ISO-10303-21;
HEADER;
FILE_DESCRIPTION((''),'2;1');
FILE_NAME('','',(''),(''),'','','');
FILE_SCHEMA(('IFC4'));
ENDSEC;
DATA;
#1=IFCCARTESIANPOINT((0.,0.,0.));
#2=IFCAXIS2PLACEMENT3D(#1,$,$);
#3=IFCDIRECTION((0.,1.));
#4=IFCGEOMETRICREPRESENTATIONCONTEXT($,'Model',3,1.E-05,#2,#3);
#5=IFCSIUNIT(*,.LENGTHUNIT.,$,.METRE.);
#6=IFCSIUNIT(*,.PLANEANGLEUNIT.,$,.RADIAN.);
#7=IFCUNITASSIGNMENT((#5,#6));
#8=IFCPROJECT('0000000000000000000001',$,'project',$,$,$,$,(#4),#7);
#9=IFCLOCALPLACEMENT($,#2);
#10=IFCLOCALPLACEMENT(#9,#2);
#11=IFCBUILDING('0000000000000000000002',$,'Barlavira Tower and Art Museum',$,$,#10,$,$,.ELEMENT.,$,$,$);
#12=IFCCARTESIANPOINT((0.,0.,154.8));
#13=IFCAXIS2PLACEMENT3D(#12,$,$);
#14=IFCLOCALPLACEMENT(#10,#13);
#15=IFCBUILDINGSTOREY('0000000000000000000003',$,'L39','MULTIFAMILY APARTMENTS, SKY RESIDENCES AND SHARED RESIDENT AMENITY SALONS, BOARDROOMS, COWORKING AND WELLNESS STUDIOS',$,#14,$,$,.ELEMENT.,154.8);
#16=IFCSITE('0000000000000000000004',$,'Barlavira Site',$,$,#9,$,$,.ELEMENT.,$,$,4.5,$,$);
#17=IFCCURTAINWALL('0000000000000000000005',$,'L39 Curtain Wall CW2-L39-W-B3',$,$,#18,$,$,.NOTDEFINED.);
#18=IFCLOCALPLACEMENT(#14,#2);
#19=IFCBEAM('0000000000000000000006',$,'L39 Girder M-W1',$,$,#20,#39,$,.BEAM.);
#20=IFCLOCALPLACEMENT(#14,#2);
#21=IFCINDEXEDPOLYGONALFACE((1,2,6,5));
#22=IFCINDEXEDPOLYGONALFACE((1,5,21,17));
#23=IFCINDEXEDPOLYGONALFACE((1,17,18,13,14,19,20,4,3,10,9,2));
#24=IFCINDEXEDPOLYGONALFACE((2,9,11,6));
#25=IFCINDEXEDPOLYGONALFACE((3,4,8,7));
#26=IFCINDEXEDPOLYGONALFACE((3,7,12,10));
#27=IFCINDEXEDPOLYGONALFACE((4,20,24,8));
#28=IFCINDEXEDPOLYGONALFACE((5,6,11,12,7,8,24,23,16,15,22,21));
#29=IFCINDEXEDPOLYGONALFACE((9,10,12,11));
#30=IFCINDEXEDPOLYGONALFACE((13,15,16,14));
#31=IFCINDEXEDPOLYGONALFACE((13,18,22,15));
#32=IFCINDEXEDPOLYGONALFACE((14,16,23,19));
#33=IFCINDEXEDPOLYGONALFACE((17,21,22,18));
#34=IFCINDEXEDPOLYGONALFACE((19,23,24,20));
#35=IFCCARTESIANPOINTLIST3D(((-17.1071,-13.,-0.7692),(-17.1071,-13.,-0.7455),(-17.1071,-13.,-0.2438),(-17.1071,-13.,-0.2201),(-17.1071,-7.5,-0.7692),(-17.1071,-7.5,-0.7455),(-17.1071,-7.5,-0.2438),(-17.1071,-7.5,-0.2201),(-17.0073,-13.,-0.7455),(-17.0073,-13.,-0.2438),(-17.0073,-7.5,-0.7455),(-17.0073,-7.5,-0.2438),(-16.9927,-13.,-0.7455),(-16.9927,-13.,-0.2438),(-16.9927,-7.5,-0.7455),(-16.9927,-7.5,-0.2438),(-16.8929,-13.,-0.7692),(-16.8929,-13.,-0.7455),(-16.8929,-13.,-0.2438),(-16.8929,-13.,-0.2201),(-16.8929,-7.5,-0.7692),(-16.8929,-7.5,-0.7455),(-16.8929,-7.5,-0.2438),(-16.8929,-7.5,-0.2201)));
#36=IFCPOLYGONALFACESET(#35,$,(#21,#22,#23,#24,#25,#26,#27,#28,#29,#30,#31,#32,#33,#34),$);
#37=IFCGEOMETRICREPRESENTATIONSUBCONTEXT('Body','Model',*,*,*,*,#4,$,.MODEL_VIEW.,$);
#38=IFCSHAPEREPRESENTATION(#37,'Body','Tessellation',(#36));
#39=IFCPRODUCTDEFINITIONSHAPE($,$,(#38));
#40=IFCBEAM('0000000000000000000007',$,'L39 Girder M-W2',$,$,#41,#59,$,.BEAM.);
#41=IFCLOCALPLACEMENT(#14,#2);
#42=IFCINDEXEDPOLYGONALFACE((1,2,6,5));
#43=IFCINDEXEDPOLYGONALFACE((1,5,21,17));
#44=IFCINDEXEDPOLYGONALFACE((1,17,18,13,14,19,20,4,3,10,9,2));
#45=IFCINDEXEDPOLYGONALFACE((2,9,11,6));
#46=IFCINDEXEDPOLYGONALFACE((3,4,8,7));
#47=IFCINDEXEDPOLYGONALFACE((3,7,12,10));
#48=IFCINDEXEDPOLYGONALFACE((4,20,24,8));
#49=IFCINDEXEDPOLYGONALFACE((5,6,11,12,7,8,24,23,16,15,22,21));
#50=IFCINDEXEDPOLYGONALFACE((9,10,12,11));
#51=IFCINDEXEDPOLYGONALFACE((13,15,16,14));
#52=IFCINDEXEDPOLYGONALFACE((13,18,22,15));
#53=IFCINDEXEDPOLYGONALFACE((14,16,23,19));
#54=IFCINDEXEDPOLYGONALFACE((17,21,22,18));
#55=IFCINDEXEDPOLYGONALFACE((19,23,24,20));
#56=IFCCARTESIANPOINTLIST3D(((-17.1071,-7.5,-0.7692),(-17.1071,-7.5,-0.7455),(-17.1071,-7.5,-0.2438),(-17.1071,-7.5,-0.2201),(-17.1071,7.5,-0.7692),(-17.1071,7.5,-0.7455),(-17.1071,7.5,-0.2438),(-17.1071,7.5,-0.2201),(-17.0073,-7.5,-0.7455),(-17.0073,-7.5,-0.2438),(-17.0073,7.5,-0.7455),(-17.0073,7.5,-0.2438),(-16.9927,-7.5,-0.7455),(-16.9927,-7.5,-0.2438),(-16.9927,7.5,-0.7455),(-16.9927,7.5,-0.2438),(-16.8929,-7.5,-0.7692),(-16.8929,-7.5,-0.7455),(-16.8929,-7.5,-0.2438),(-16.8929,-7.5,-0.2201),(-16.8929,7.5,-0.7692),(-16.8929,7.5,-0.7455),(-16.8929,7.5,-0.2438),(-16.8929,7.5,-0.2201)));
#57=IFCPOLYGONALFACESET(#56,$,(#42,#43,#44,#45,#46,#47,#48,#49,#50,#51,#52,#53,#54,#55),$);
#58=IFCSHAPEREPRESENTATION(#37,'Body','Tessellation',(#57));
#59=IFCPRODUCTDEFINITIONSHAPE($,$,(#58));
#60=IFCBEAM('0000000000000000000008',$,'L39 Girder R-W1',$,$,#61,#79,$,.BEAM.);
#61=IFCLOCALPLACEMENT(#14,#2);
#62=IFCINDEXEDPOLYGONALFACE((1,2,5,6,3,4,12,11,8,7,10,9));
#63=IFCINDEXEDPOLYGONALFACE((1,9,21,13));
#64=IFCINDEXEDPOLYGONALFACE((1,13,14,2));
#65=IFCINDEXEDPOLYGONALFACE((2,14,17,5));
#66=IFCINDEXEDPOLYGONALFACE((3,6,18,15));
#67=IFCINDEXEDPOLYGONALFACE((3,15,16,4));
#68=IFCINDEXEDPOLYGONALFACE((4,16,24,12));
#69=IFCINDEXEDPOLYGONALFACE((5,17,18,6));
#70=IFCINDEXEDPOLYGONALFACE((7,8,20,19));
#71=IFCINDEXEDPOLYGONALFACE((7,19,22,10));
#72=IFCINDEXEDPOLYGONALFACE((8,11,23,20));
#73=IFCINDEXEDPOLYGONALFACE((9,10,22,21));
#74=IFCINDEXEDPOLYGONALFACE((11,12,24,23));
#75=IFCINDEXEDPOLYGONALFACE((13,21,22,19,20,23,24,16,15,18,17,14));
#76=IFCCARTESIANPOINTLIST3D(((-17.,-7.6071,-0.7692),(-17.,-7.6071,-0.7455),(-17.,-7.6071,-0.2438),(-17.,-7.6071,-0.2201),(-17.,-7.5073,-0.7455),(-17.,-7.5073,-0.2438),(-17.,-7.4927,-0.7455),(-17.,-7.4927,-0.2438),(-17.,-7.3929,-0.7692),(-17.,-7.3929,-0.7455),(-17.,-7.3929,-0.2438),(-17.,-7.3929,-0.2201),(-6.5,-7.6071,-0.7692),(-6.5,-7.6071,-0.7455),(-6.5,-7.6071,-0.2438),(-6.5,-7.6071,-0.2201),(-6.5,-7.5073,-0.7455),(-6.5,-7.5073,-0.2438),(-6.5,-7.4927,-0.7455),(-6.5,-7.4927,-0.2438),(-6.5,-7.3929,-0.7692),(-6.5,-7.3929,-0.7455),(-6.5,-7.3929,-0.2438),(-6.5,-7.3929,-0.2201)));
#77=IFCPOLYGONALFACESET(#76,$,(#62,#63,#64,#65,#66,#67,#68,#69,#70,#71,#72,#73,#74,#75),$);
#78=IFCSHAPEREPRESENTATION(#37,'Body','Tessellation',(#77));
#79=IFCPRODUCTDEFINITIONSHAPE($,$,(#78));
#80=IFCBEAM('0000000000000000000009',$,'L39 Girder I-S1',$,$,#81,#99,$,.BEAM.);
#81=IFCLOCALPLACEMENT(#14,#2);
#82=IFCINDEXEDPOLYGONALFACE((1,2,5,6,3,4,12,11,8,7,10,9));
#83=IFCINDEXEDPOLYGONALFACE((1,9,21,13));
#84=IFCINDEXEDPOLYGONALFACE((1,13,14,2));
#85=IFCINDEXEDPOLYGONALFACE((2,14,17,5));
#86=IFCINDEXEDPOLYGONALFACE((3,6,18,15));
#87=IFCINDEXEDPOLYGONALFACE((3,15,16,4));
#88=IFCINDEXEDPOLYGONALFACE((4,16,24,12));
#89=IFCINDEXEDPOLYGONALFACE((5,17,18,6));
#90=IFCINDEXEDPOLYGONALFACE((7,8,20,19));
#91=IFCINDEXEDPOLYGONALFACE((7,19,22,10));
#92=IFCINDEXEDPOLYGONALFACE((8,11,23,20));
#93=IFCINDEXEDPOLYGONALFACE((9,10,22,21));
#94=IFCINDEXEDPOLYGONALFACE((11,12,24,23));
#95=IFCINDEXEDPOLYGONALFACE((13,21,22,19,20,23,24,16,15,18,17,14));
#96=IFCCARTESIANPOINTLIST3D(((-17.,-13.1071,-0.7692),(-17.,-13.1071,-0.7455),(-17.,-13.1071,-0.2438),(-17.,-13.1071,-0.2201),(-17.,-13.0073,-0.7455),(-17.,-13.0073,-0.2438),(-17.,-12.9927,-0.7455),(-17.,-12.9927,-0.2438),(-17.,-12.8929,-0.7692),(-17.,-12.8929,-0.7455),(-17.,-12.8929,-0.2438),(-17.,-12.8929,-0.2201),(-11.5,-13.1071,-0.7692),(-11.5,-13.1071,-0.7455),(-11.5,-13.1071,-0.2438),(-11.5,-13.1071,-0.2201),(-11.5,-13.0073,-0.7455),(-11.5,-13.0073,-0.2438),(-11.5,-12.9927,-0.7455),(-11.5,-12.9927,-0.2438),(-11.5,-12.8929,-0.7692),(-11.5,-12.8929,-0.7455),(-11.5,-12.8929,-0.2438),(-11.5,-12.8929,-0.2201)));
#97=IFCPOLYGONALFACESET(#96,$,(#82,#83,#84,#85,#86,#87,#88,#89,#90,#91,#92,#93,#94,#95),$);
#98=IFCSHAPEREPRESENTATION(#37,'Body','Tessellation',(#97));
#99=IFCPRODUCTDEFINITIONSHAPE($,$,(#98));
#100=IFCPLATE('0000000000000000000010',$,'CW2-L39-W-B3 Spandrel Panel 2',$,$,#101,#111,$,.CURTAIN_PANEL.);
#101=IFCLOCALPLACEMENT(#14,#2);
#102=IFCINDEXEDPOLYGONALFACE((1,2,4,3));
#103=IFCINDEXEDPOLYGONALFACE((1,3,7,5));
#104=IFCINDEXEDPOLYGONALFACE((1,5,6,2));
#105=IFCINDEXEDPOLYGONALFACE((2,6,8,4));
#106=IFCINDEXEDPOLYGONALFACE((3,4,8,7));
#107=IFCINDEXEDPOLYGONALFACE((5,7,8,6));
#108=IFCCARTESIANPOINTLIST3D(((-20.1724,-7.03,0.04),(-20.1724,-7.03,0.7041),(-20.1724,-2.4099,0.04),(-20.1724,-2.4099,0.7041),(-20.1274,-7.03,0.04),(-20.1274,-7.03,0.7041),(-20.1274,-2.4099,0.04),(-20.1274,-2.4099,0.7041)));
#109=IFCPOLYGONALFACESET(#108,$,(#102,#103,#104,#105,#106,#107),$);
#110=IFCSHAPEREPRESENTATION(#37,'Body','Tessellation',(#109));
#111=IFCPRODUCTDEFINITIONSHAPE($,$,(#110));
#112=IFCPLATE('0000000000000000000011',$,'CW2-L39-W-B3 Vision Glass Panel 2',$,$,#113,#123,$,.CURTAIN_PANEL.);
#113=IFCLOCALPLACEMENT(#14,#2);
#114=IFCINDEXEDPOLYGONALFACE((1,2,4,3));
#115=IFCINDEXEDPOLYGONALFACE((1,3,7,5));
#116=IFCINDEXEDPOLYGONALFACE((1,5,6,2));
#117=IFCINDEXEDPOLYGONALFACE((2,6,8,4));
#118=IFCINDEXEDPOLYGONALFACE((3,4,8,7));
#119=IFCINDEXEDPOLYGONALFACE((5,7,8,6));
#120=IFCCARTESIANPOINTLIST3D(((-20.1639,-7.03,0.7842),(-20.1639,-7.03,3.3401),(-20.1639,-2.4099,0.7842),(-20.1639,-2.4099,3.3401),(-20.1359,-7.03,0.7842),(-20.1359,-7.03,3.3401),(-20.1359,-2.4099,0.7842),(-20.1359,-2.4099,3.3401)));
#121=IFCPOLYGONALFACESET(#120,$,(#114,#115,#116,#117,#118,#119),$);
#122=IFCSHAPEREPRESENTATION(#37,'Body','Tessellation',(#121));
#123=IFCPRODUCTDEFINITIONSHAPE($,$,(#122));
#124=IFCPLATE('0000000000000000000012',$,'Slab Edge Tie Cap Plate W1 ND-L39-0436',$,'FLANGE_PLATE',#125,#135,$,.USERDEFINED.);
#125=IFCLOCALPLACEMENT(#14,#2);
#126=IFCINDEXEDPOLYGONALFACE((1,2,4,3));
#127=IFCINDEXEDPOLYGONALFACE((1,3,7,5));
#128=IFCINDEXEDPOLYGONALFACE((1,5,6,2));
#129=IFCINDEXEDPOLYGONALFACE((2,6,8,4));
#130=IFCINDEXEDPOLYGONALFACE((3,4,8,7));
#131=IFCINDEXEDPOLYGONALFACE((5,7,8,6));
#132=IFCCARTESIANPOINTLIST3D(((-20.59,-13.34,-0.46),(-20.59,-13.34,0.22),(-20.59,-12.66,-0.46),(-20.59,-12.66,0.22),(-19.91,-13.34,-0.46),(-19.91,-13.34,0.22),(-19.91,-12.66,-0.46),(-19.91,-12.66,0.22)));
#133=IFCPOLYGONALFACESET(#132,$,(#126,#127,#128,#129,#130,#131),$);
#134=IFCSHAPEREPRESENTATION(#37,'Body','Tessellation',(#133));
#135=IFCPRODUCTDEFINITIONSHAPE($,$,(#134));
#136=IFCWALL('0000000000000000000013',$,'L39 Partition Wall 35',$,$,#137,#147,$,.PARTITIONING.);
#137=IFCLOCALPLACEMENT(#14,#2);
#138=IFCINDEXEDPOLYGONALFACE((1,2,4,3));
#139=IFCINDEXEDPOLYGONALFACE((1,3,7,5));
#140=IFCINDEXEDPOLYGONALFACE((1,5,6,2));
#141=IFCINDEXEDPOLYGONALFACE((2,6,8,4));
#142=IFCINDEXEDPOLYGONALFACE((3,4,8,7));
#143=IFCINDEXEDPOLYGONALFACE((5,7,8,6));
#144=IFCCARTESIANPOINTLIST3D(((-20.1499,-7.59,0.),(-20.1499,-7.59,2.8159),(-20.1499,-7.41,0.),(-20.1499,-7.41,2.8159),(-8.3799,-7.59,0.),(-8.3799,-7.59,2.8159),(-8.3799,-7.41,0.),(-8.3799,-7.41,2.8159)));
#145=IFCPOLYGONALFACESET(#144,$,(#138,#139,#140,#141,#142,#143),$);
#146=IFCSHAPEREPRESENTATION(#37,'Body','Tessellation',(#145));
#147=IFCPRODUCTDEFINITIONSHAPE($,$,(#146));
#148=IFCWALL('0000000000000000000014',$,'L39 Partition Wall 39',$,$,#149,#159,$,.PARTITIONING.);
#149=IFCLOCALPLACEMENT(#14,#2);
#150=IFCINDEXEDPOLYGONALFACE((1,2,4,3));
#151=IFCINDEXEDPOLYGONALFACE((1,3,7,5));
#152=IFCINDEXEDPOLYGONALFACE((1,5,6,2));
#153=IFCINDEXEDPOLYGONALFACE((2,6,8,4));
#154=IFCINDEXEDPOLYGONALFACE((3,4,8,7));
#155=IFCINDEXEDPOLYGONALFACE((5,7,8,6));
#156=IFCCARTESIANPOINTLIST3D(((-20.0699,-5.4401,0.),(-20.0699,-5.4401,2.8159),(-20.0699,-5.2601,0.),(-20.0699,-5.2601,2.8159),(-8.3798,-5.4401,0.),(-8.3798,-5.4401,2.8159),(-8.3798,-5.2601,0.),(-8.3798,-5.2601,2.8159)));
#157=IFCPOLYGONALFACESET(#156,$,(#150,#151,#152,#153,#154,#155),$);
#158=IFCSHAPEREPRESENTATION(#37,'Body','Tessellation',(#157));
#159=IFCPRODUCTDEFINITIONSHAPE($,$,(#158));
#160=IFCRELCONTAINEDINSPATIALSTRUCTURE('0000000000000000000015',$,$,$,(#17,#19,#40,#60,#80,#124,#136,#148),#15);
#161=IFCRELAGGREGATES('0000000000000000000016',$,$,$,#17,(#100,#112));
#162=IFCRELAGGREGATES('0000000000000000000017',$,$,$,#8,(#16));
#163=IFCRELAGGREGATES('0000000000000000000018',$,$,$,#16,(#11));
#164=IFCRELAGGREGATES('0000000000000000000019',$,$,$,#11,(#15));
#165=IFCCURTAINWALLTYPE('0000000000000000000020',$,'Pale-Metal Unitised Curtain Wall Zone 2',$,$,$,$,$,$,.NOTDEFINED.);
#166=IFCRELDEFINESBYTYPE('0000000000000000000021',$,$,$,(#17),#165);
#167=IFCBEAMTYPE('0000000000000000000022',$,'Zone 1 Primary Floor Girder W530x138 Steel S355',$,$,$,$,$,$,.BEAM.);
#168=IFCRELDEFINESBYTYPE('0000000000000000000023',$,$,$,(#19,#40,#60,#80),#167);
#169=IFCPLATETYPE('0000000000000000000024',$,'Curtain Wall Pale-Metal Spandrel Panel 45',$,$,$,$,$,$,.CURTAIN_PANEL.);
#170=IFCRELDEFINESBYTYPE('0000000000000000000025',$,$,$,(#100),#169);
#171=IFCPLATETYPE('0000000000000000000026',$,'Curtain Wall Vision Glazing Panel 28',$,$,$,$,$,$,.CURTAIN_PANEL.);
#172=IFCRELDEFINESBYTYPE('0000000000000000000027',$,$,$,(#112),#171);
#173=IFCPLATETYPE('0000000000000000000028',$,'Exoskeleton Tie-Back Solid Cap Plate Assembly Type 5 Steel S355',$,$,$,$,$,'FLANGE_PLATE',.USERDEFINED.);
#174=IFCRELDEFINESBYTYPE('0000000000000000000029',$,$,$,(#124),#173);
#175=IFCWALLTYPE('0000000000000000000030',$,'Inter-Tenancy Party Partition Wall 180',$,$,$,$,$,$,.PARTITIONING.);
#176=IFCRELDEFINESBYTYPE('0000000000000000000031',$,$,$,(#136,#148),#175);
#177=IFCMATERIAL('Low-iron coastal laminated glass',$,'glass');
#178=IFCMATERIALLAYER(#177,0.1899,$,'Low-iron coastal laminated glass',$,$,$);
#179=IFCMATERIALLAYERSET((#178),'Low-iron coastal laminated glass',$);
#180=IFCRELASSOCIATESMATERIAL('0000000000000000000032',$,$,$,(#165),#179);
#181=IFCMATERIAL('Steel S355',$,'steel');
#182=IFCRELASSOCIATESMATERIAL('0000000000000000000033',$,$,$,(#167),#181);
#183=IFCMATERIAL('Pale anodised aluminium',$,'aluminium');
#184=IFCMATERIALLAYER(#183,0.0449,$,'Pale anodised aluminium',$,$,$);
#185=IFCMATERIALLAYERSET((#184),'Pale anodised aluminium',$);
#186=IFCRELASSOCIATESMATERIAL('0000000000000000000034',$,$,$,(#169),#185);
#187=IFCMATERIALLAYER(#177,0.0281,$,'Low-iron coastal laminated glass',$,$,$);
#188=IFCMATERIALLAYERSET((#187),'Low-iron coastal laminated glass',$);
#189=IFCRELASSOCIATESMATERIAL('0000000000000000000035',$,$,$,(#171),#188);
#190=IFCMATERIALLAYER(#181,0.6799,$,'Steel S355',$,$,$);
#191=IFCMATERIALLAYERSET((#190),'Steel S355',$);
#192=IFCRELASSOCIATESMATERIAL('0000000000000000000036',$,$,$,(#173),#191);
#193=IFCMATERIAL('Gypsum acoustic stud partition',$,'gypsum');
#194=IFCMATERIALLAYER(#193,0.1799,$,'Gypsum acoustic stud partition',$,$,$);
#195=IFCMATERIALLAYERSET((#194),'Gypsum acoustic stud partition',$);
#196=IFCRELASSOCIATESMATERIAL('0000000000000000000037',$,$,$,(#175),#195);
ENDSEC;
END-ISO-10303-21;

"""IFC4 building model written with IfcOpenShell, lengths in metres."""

from ifc_helpers import new_model, si_unit, direction, frame, frame_2d, origin, origin_2d, place, context, subcontext, project, spatial, rectangle, i_section, extrude, material, layer, layer_set, material_profile, profile_set, type_object, element, aggregate, save


model = new_model("IFC4")

# Units and contexts
model_context = context("Model", 3, precision=1e-05, world=origin(), true_north=direction((0.0, 1.0)))
body_context = subcontext(model_context, "Body", "Model", "MODEL_VIEW")
ifc_project = project(units=[si_unit("LENGTHUNIT", "METRE"), si_unit("PLANEANGLEUNIT", "RADIAN")], contexts=[model_context])

# Site, building, storey
site_placement = place(None, origin())
site = spatial("IfcSite", under=ifc_project, at=site_placement, Name="Barlavira Site", CompositionType="ELEMENT", RefElevation=4.5)
building_placement = place(site_placement, origin())
building = spatial("IfcBuilding", under=site, at=building_placement, Name="Barlavira Tower and Art Museum", CompositionType="ELEMENT")
storey_placement = place(building_placement, frame((0.0, 0.0, 154.8)))
storey = spatial("IfcBuildingStorey", under=building, at=storey_placement, Name="L39", Description="MULTIFAMILY APARTMENTS, SKY RESIDENCES AND SHARED RESIDENT AMENITY SALONS, BOARDROOMS, COWORKING AND WELLNESS STUDIOS", CompositionType="ELEMENT", Elevation=154.8)

# Curtain wall
ifc_material_1 = material(Name="Low-iron coastal laminated glass", Category="glass")
ifc_layer_1 = layer(ifc_material_1, 0.1899, Name="Low-iron coastal laminated glass")
ifc_layer_set_1 = layer_set([ifc_layer_1], Name="Low-iron coastal laminated glass")
curtain_wall_type = type_object("IfcCurtainWallType", Name="Pale-Metal Unitised Curtain Wall Zone 2", PredefinedType="NOTDEFINED", material=ifc_layer_set_1)
curtain_wall_placement = place(storey_placement, origin())
curtain_wall = element("IfcCurtainWall", 1, at=curtain_wall_placement, inside=storey, type_object=curtain_wall_type, Name="L39 Curtain Wall CW2-L39-W-B3", PredefinedType="NOTDEFINED")
ifc_material_2 = material(Name="Pale anodised aluminium", Category="aluminium")

# Beams
ifc_material_3 = material(Name="Steel S355", Category="steel")
ifc_material_profile_1 = material_profile(ifc_material_3, i_section(OverallWidth=0.2141, OverallDepth=0.5491, WebThickness=0.0146, FlangeThickness=0.0237, at=origin_2d()), Name="W530x138.0")
ifc_profile_set_1 = profile_set([ifc_material_profile_1], Name="Steel S355")
beam_type_1 = type_object("IfcBeamType", Name="Zone 1 Primary Floor Girder W530x138 Steel S355", PredefinedType="BEAM", material=ifc_profile_set_1)
beam_1_placement = place(storey_placement, frame((-17.0, -13.0, -0.4946), z_axis=(0.0, 1.0, 0.0), x_axis=(-1.0, 0.0, 0.0)))
element("IfcBeam", 2, at=beam_1_placement, inside=storey, type_object=beam_type_1, Name="L39 Girder M-W1", PredefinedType="BEAM", context=body_context, shape_type="SweptSolid", body=[
    extrude(i_section(OverallWidth=0.2141, OverallDepth=0.5491, WebThickness=0.0146, FlangeThickness=0.0237, at=origin_2d()), origin(), (0.0, 0.0, 1.0), 5.5),
])
beam_2_placement = place(storey_placement, frame((-17.0, -7.5, -0.4946), z_axis=(0.0, 1.0, 0.0), x_axis=(-1.0, 0.0, 0.0)))
element("IfcBeam", 3, at=beam_2_placement, inside=storey, type_object=beam_type_1, Name="L39 Girder M-W2", PredefinedType="BEAM", context=body_context, shape_type="SweptSolid", body=[
    extrude(i_section(OverallWidth=0.2141, OverallDepth=0.5491, WebThickness=0.0146, FlangeThickness=0.0237, at=origin_2d()), origin(), (0.0, 0.0, 1.0), 15.0),
])
beam_3_placement = place(storey_placement, frame((-17.0, -7.5, -0.4946), z_axis=(1.0, 0.0, 0.0), x_axis=(0.0, 1.0, 0.0)))
element("IfcBeam", 4, at=beam_3_placement, inside=storey, type_object=beam_type_1, Name="L39 Girder R-W1", PredefinedType="BEAM", context=body_context, shape_type="SweptSolid", body=[
    extrude(i_section(OverallWidth=0.2141, OverallDepth=0.5491, WebThickness=0.0146, FlangeThickness=0.0237, at=origin_2d()), origin(), (0.0, 0.0, 1.0), 10.5),
])
beam_4_placement = place(storey_placement, frame((-17.0, -13.0, -0.4946), z_axis=(1.0, 0.0, 0.0), x_axis=(0.0, 1.0, 0.0)))
element("IfcBeam", 5, at=beam_4_placement, inside=storey, type_object=beam_type_1, Name="L39 Girder I-S1", PredefinedType="BEAM", context=body_context, shape_type="SweptSolid", body=[
    extrude(i_section(OverallWidth=0.2141, OverallDepth=0.5491, WebThickness=0.0146, FlangeThickness=0.0237, at=origin_2d()), origin(), (0.0, 0.0, 1.0), 5.5),
])

# Plates
ifc_layer_2 = layer(ifc_material_2, 0.0449, Name="Pale anodised aluminium")
ifc_layer_set_2 = layer_set([ifc_layer_2], Name="Pale anodised aluminium")
plate_type_1 = type_object("IfcPlateType", Name="Curtain Wall Pale-Metal Spandrel Panel 45", PredefinedType="CURTAIN_PANEL", material=ifc_layer_set_2)
plate_1_placement = place(storey_placement, frame((-20.1499, -4.72, 0.04), z_axis=(0.0, 0.0, 1.0), x_axis=(0.0, -1.0, 0.0)))
plate_1 = element("IfcPlate", 6, at=plate_1_placement, type_object=plate_type_1, Name="CW2-L39-W-B3 Spandrel Panel 2", PredefinedType="CURTAIN_PANEL", context=body_context, shape_type="SweptSolid", body=[
    extrude(rectangle(XDim=4.6201, YDim=0.0449, at=origin_2d()), origin(), (0.0, 0.0, 1.0), 0.6641),
])
ifc_layer_3 = layer(ifc_material_1, 0.0281, Name="Low-iron coastal laminated glass")
ifc_layer_set_3 = layer_set([ifc_layer_3], Name="Low-iron coastal laminated glass")
plate_type_2 = type_object("IfcPlateType", Name="Curtain Wall Vision Glazing Panel 28", PredefinedType="CURTAIN_PANEL", material=ifc_layer_set_3)
plate_2_placement = place(storey_placement, frame((-20.1499, -4.72, 0.7842), z_axis=(0.0, 0.0, 1.0), x_axis=(0.0, -1.0, 0.0)))
plate_2 = element("IfcPlate", 7, at=plate_2_placement, type_object=plate_type_2, Name="CW2-L39-W-B3 Vision Glass Panel 2", PredefinedType="CURTAIN_PANEL", context=body_context, shape_type="SweptSolid", body=[
    extrude(rectangle(XDim=4.6201, YDim=0.0281, at=origin_2d()), origin(), (0.0, 0.0, 1.0), 2.5559),
])
aggregate(curtain_wall, [plate_1, plate_2])
ifc_layer_4 = layer(ifc_material_3, 0.6799, Name="Steel S355")
ifc_layer_set_4 = layer_set([ifc_layer_4], Name="Steel S355")
plate_type_3 = type_object("IfcPlateType", Name="Exoskeleton Tie-Back Solid Cap Plate Assembly Type 5 Steel S355", ElementType="FLANGE_PLATE", PredefinedType="USERDEFINED", material=ifc_layer_set_4)
plate_3_placement = place(storey_placement, frame((-20.25, -13.0, -0.46), z_axis=(0.0, 0.0, 1.0), x_axis=(1.0, 0.0, 0.0)))
element("IfcPlate", 8, at=plate_3_placement, inside=storey, type_object=plate_type_3, Name="Slab Edge Tie Cap Plate W1 ND-L39-0436", ObjectType="FLANGE_PLATE", PredefinedType="USERDEFINED", context=body_context, shape_type="SweptSolid", body=[
    extrude(rectangle(XDim=0.6799, YDim=0.6799, at=origin_2d()), origin(), (0.0, 0.0, 1.0), 0.6799),
])

# Shared definitions
ifc_material_4 = material(Name="Gypsum acoustic stud partition", Category="gypsum")
ifc_layer_5 = layer(ifc_material_4, 0.1799, Name="Gypsum acoustic stud partition")
ifc_layer_set_5 = layer_set([ifc_layer_5], Name="Gypsum acoustic stud partition")
wall_type_1 = type_object("IfcWallType", Name="Inter-Tenancy Party Partition Wall 180", PredefinedType="PARTITIONING", material=ifc_layer_set_5)

# Walls
wall_1_placement = place(storey_placement, frame((-20.1499, -7.5, 0.0), z_axis=(0.0, 0.0, 1.0), x_axis=(1.0, 0.0, 0.0)))
element("IfcWall", 9, at=wall_1_placement, inside=storey, type_object=wall_type_1, Name="L39 Partition Wall 35", PredefinedType="PARTITIONING", context=body_context, shape_type="SweptSolid", body=[
    extrude(rectangle(XDim=11.77, YDim=0.1799, at=frame_2d((5.885, 0.0))), origin(), (0.0, 0.0, 1.0), 2.8159),
])
wall_2_placement = place(storey_placement, frame((-20.0701, -5.3501, 0.0), z_axis=(0.0, 0.0, 1.0), x_axis=(1.0, 0.0, 0.0)))
element("IfcWall", 10, at=wall_2_placement, inside=storey, type_object=wall_type_1, Name="L39 Partition Wall 39", PredefinedType="PARTITIONING", context=body_context, shape_type="SweptSolid", body=[
    extrude(rectangle(XDim=11.6902, YDim=0.1799, at=frame_2d((5.8452, 0.0))), origin(), (0.0, 0.0, 1.0), 2.8159),
])

save(model, "model.ifc")
